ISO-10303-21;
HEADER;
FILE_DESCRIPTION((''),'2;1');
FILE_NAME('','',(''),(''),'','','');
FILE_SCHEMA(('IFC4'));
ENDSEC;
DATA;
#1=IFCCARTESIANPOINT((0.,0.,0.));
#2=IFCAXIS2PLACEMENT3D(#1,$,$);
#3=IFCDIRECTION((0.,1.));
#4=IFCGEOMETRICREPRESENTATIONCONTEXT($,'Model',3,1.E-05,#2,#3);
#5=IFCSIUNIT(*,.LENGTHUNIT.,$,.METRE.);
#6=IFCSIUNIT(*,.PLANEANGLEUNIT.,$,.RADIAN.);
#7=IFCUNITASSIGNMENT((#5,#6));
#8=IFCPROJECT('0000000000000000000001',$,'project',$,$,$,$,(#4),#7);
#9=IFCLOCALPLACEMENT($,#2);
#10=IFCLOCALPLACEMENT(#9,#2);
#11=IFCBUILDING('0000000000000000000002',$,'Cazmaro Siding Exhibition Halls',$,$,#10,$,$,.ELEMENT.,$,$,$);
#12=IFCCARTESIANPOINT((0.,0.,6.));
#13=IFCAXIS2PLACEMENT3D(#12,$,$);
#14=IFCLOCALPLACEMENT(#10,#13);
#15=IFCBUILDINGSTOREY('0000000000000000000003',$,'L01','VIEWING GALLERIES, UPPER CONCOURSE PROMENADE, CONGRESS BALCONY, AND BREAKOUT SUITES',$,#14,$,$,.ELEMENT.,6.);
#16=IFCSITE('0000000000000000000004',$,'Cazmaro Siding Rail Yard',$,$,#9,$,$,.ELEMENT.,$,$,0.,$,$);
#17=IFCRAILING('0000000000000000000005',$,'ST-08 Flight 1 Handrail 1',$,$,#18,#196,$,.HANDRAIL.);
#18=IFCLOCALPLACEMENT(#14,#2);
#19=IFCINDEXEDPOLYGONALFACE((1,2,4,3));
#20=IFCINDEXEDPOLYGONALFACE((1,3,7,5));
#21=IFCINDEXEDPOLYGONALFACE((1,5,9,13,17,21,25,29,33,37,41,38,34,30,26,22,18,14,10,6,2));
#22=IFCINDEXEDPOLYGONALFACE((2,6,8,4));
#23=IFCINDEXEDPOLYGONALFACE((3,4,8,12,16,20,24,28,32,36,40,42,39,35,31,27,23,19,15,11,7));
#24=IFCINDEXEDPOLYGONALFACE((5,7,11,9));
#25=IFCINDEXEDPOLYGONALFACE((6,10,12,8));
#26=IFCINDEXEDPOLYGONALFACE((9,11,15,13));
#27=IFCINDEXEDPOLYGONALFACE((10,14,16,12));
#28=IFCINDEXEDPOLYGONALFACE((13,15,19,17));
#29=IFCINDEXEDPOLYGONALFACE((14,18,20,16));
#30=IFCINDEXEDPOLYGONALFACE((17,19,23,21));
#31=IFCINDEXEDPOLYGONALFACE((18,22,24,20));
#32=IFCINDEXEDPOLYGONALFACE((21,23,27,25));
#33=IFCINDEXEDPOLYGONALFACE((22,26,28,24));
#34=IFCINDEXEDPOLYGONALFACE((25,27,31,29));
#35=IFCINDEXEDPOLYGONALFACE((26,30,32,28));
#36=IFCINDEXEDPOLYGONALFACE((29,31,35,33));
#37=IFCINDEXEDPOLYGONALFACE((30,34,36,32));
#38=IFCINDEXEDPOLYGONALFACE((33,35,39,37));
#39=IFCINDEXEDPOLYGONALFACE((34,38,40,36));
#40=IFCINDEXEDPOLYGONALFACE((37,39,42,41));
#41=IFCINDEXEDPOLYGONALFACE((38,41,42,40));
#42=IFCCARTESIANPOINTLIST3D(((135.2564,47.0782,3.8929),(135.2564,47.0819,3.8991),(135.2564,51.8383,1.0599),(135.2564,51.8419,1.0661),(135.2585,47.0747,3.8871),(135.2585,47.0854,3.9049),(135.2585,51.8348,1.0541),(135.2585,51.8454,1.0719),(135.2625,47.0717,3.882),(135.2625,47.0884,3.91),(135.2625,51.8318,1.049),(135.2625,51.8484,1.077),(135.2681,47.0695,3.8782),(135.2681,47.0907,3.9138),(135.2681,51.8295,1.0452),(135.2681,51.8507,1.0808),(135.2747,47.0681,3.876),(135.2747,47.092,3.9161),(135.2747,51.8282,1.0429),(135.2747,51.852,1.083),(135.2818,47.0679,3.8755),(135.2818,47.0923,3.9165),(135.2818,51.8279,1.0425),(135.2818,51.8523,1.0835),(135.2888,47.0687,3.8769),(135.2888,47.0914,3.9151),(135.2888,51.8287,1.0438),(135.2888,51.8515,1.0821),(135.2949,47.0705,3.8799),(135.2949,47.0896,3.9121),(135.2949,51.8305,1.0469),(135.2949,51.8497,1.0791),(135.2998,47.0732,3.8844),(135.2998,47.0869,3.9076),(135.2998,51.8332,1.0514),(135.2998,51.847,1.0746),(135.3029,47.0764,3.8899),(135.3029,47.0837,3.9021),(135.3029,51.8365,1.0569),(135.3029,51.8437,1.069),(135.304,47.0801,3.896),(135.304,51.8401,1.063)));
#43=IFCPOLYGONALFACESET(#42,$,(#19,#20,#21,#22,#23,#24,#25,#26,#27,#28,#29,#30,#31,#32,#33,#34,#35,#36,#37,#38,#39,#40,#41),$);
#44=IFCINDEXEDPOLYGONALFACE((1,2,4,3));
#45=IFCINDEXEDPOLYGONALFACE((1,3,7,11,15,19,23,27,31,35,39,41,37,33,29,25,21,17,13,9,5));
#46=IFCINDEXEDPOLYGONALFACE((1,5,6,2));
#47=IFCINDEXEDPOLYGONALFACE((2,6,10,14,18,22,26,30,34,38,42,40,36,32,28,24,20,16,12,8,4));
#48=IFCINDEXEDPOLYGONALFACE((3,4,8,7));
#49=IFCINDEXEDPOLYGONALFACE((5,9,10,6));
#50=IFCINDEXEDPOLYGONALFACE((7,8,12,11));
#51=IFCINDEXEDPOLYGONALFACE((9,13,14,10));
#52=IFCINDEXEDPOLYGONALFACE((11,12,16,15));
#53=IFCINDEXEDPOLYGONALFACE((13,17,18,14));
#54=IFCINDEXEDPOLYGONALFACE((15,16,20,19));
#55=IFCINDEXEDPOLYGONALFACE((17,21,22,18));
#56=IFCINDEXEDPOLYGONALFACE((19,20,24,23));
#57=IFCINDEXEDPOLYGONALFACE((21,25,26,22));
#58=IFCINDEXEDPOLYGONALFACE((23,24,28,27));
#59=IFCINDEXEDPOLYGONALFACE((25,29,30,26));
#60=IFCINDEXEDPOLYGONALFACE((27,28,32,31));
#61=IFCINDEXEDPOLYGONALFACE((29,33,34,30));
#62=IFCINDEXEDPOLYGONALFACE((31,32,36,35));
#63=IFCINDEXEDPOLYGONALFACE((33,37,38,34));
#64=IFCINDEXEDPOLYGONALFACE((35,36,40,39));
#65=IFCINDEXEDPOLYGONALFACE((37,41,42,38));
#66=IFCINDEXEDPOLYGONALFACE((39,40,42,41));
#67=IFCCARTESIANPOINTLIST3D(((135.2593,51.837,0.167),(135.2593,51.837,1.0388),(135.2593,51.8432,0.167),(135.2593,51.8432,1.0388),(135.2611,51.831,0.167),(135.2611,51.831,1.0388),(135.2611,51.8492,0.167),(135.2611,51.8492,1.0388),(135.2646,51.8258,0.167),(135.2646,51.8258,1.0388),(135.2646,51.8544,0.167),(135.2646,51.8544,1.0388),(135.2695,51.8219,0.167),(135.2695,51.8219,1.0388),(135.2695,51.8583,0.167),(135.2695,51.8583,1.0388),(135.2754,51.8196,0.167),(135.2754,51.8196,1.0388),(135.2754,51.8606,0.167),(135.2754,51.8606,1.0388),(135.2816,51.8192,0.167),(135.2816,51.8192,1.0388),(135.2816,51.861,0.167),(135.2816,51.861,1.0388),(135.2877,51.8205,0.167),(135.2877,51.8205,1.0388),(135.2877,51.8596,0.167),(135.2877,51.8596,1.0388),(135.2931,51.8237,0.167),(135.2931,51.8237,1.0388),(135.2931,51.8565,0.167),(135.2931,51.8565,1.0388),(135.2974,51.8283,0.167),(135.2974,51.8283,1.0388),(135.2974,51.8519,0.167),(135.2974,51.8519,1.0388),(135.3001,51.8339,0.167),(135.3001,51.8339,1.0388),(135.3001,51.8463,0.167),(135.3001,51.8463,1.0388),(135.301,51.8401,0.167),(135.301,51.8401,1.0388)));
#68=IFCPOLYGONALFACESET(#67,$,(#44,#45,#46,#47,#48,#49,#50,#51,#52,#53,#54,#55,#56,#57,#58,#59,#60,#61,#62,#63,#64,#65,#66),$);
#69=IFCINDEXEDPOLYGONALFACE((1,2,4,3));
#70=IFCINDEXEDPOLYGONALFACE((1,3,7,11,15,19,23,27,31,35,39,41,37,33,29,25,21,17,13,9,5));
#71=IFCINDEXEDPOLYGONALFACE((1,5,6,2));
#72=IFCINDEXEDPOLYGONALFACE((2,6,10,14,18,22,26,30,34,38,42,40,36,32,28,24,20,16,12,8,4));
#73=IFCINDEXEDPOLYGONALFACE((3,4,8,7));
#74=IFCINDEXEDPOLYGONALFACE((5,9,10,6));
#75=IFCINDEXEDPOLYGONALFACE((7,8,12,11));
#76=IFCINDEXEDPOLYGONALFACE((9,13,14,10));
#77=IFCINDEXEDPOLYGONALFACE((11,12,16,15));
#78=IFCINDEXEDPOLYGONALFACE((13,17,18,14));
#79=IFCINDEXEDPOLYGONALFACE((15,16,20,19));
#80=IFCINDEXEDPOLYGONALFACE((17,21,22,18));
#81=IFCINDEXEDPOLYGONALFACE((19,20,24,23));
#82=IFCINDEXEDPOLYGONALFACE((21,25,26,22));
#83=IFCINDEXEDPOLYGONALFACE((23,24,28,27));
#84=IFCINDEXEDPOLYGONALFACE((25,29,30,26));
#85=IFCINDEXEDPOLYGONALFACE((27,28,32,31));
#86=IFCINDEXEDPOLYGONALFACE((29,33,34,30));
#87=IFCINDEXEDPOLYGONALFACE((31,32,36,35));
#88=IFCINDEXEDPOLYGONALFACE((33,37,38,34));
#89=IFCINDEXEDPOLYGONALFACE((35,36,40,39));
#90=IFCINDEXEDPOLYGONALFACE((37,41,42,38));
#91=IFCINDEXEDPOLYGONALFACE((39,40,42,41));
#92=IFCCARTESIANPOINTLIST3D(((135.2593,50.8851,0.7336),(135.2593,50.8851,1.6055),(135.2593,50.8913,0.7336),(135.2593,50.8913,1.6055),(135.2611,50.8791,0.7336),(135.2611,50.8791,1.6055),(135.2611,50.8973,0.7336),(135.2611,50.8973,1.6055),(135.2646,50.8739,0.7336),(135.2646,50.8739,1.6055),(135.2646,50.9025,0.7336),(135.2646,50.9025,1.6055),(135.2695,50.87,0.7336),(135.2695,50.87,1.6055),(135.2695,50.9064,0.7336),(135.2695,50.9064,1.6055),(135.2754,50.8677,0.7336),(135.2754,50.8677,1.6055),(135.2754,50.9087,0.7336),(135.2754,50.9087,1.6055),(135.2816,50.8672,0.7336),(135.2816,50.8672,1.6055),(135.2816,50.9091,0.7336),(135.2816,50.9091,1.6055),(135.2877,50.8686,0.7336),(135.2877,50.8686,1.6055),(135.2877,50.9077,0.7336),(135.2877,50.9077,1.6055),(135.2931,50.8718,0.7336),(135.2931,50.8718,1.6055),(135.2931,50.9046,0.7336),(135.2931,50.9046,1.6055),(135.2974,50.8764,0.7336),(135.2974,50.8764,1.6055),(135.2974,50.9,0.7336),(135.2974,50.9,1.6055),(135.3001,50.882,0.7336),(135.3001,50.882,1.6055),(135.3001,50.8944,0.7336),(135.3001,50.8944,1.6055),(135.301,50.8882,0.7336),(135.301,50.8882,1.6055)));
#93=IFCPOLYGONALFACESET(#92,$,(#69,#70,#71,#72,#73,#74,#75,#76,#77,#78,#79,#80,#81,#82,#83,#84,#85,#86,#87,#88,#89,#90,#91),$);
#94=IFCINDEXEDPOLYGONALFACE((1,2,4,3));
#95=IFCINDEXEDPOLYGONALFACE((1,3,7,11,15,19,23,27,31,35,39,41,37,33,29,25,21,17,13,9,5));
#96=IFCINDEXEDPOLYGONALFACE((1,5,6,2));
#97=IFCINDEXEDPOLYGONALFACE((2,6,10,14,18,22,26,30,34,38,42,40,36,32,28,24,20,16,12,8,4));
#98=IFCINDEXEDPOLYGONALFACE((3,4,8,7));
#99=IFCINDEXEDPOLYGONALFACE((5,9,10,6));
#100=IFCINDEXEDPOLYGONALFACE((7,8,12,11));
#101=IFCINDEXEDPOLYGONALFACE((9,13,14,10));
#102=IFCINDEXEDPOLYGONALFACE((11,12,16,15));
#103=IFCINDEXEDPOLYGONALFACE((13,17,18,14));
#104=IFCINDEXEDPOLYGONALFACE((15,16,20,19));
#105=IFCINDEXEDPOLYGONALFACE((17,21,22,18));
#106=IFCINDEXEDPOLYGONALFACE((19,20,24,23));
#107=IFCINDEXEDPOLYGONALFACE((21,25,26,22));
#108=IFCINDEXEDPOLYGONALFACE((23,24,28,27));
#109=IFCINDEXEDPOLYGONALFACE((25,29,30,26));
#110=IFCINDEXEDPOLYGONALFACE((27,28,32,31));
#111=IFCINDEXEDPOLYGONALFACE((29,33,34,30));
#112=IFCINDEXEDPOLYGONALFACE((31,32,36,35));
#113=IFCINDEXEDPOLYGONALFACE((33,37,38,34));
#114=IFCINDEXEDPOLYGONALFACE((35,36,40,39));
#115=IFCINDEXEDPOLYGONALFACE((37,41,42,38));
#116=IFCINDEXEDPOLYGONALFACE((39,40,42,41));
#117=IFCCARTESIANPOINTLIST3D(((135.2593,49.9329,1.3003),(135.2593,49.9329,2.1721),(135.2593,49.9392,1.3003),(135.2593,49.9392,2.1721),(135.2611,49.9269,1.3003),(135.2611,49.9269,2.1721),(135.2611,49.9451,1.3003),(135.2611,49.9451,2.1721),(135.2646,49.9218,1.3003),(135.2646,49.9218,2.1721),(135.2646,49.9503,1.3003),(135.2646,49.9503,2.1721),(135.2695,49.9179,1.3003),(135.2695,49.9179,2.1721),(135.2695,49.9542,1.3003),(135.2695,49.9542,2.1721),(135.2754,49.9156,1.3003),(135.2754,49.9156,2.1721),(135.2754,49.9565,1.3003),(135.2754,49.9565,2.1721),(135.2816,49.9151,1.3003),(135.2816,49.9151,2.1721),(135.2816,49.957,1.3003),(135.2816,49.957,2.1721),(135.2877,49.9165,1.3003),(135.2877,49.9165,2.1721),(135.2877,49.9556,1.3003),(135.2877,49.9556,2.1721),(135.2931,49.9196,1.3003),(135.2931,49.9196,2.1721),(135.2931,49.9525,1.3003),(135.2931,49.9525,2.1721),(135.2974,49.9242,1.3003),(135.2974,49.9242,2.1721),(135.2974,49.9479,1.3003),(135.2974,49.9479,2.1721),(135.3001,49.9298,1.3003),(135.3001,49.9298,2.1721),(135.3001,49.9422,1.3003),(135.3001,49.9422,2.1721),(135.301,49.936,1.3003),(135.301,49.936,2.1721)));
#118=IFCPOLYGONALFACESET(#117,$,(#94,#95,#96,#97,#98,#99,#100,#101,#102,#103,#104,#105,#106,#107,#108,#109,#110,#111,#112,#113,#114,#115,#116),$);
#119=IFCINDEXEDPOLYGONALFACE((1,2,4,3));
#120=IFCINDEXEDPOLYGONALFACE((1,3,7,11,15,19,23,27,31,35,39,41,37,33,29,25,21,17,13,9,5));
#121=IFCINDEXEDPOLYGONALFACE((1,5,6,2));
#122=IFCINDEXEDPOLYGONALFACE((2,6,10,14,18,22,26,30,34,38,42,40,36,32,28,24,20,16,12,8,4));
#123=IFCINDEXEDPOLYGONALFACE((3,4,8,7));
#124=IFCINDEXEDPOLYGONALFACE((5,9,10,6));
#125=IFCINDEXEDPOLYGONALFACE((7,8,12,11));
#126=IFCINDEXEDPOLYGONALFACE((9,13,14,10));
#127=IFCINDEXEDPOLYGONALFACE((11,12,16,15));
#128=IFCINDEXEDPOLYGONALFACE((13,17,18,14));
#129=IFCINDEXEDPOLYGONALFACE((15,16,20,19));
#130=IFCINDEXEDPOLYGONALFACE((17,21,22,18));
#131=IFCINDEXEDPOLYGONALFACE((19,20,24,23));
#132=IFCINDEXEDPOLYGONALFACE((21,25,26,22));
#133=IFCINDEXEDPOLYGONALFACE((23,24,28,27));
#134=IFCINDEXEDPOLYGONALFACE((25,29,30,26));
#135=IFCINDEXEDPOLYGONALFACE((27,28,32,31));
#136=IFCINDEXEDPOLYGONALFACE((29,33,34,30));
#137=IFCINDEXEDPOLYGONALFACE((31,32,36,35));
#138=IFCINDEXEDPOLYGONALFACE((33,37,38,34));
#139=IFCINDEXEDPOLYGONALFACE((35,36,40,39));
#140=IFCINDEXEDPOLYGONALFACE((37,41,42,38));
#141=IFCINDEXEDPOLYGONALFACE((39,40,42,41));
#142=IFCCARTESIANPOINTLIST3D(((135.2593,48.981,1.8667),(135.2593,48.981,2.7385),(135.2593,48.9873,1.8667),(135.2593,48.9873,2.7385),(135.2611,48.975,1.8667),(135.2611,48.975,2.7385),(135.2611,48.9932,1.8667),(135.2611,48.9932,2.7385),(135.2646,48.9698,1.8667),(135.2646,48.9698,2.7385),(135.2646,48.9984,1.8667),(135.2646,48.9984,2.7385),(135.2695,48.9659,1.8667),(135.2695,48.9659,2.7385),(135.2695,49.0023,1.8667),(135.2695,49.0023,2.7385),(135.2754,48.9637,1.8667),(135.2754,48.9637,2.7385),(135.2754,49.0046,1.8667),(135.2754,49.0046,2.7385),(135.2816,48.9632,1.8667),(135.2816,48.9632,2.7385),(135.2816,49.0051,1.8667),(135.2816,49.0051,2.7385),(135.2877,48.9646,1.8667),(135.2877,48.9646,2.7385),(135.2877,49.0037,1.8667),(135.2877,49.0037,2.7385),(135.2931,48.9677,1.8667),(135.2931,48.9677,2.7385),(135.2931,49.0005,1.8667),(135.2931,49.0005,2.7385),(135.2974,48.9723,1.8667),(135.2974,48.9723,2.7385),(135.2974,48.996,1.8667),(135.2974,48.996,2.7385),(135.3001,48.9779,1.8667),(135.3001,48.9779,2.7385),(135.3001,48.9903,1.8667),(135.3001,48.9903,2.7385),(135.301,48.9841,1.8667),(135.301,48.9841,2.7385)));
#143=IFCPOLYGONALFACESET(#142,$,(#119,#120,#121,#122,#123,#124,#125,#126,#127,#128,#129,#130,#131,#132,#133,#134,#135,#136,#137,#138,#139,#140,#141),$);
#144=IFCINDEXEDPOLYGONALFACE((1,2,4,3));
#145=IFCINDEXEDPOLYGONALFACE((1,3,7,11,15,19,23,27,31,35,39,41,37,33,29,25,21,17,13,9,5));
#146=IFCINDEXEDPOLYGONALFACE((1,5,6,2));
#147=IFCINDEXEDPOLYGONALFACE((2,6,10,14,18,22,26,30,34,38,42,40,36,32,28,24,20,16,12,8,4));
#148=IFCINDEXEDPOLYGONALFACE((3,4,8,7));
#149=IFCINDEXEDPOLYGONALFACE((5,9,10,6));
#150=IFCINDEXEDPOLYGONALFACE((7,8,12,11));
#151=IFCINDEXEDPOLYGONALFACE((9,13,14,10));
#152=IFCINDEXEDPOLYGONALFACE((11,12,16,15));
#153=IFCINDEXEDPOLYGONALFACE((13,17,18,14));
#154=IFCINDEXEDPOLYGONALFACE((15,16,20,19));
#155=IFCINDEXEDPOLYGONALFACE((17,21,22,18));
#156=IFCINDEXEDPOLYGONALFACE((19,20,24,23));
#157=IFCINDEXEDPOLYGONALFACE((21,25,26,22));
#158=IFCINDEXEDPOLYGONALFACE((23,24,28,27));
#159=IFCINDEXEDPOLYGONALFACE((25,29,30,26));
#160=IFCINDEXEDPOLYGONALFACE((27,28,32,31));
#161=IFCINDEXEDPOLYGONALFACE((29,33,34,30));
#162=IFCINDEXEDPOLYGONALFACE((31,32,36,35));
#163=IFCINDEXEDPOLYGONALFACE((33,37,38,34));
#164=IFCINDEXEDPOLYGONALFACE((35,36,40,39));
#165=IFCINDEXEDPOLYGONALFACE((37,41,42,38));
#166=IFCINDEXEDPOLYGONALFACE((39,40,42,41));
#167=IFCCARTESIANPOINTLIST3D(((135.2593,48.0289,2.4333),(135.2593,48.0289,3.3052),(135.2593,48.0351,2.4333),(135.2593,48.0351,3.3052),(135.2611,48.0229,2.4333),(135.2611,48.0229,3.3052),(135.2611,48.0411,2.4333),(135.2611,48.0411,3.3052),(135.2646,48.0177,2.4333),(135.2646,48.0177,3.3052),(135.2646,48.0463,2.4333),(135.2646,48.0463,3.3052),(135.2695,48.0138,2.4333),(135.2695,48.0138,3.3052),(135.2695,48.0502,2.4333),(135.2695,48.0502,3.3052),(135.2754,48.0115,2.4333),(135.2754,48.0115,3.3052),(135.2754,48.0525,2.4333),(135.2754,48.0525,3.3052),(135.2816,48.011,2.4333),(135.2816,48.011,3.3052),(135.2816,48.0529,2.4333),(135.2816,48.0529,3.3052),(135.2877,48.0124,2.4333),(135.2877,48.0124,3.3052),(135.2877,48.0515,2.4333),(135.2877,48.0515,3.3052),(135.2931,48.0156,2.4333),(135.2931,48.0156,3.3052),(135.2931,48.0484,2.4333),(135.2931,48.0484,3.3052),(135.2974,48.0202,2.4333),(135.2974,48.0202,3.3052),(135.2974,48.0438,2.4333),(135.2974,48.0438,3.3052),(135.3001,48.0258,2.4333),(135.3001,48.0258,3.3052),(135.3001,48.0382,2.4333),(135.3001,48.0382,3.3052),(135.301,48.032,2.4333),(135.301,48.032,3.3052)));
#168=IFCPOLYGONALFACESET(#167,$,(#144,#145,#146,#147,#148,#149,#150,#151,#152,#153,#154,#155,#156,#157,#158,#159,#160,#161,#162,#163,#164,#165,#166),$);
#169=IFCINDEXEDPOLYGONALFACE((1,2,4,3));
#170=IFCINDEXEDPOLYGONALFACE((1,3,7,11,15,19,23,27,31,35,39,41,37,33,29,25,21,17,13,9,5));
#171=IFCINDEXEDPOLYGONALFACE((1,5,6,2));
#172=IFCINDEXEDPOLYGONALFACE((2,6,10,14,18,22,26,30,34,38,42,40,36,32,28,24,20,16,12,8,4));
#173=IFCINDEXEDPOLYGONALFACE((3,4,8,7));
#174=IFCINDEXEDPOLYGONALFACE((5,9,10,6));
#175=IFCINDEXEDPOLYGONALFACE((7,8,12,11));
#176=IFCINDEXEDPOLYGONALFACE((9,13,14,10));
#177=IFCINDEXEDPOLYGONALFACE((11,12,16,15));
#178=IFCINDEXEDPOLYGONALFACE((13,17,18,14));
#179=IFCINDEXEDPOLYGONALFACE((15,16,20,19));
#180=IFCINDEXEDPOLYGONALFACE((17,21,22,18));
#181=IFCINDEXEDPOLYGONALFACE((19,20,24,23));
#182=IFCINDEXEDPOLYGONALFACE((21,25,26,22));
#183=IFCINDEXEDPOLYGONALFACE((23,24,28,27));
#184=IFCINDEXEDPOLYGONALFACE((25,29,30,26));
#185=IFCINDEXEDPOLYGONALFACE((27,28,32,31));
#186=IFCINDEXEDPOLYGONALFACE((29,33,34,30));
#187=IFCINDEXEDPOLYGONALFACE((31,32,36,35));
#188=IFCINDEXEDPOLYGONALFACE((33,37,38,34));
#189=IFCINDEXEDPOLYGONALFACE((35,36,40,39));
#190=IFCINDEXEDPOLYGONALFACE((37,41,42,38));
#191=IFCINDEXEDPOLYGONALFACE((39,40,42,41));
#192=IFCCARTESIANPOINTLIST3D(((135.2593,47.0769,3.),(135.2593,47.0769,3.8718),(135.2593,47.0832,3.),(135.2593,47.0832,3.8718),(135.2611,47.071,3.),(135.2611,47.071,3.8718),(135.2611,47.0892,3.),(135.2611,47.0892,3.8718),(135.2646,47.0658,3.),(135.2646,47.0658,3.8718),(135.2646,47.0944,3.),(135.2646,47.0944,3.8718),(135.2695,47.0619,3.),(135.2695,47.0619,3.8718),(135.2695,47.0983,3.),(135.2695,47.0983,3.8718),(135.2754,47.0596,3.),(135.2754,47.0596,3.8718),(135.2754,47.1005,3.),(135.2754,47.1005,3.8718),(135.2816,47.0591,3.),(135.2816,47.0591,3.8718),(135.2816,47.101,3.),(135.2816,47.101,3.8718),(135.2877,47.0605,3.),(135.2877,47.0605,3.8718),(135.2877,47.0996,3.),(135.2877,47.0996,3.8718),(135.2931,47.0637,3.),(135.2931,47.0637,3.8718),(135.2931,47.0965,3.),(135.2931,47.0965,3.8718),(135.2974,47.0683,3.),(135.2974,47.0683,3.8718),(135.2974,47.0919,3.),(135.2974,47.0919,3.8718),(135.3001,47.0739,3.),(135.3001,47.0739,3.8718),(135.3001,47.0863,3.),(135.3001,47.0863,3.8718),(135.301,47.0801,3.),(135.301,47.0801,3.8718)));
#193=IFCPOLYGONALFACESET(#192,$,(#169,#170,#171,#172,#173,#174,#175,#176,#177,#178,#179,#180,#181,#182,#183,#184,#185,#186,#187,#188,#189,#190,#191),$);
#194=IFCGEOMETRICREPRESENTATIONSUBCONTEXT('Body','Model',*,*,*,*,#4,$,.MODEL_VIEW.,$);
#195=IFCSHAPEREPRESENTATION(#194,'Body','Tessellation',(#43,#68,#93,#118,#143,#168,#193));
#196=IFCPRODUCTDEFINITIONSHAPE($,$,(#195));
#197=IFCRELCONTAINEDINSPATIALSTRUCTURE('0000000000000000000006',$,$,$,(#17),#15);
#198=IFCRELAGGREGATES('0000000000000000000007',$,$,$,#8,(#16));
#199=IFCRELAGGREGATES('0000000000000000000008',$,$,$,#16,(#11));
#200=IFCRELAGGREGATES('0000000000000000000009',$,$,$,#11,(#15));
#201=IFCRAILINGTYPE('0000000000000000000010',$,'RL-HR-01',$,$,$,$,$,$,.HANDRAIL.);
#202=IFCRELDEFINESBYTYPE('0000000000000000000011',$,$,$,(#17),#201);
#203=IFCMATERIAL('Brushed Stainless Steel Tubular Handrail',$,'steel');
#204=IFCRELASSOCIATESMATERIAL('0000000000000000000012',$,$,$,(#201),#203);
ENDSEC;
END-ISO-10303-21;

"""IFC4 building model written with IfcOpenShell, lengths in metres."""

from ifc_helpers import new_model, si_unit, direction, frame, origin, origin_2d, place, context, subcontext, project, spatial, circle, extrude, material, type_object, element, save


model = new_model("IFC4")

# Units and contexts
model_context = context("Model", 3, precision=1e-05, world=origin(), true_north=direction((0.0, 1.0)))
body_context = subcontext(model_context, "Body", "Model", "MODEL_VIEW")
ifc_project = project(units=[si_unit("LENGTHUNIT", "METRE"), si_unit("PLANEANGLEUNIT", "RADIAN")], contexts=[model_context])

# Site, building, storey
site_placement = place(None, origin())
site = spatial("IfcSite", under=ifc_project, at=site_placement, Name="Cazmaro Siding Rail Yard", CompositionType="ELEMENT", RefElevation=0.0)
building_placement = place(site_placement, origin())
building = spatial("IfcBuilding", under=site, at=building_placement, Name="Cazmaro Siding Exhibition Halls", CompositionType="ELEMENT")
storey_placement = place(building_placement, frame((0.0, 0.0, 6.0)))
storey = spatial("IfcBuildingStorey", under=building, at=storey_placement, Name="L01", Description="VIEWING GALLERIES, UPPER CONCOURSE PROMENADE, CONGRESS BALCONY, AND BREAKOUT SUITES", CompositionType="ELEMENT", Elevation=6.0)

# Railing
ifc_material_1 = material(Name="Brushed Stainless Steel Tubular Handrail", Category="steel")
railing_type_1 = type_object("IfcRailingType", Name="RL-HR-01", PredefinedType="HANDRAIL", material=ifc_material_1)
railing_1_placement = place(storey_placement, frame((135.28, 51.8401, 0.167)))
element("IfcRailing", 1, at=railing_1_placement, inside=storey, type_object=railing_type_1, Name="ST-08 Flight 1 Handrail 1", PredefinedType="HANDRAIL", context=body_context, shape_type="SweptSolid", body=[
    extrude(circle(Radius=0.0239, at=origin_2d()), frame((0.0, 0.0, 0.896), z_axis=(0.0, -0.859319, 0.51144), x_axis=(1.0, 0.0, 0.0)), (0.0, 0.0, 1.0), 5.5393),
    extrude(circle(Radius=0.021, at=origin_2d()), origin(), (0.0, 0.0, 1.0), 0.8718),
    extrude(circle(Radius=0.021, at=origin_2d()), frame((0.0, -0.9519, 0.5667)), (0.0, 0.0, 1.0), 0.8718),
    extrude(circle(Radius=0.021, at=origin_2d()), frame((0.0, -1.9041, 1.1333)), (0.0, 0.0, 1.0), 0.8718),
    extrude(circle(Radius=0.021, at=origin_2d()), frame((0.0, -2.856, 1.6997)), (0.0, 0.0, 1.0), 0.8718),
    extrude(circle(Radius=0.021, at=origin_2d()), frame((0.0, -3.8081, 2.2664)), (0.0, 0.0, 1.0), 0.8718),
    extrude(circle(Radius=0.021, at=origin_2d()), frame((0.0, -4.76, 2.833)), (0.0, 0.0, 1.0), 0.8718),
])

save(model, "model.ifc")
